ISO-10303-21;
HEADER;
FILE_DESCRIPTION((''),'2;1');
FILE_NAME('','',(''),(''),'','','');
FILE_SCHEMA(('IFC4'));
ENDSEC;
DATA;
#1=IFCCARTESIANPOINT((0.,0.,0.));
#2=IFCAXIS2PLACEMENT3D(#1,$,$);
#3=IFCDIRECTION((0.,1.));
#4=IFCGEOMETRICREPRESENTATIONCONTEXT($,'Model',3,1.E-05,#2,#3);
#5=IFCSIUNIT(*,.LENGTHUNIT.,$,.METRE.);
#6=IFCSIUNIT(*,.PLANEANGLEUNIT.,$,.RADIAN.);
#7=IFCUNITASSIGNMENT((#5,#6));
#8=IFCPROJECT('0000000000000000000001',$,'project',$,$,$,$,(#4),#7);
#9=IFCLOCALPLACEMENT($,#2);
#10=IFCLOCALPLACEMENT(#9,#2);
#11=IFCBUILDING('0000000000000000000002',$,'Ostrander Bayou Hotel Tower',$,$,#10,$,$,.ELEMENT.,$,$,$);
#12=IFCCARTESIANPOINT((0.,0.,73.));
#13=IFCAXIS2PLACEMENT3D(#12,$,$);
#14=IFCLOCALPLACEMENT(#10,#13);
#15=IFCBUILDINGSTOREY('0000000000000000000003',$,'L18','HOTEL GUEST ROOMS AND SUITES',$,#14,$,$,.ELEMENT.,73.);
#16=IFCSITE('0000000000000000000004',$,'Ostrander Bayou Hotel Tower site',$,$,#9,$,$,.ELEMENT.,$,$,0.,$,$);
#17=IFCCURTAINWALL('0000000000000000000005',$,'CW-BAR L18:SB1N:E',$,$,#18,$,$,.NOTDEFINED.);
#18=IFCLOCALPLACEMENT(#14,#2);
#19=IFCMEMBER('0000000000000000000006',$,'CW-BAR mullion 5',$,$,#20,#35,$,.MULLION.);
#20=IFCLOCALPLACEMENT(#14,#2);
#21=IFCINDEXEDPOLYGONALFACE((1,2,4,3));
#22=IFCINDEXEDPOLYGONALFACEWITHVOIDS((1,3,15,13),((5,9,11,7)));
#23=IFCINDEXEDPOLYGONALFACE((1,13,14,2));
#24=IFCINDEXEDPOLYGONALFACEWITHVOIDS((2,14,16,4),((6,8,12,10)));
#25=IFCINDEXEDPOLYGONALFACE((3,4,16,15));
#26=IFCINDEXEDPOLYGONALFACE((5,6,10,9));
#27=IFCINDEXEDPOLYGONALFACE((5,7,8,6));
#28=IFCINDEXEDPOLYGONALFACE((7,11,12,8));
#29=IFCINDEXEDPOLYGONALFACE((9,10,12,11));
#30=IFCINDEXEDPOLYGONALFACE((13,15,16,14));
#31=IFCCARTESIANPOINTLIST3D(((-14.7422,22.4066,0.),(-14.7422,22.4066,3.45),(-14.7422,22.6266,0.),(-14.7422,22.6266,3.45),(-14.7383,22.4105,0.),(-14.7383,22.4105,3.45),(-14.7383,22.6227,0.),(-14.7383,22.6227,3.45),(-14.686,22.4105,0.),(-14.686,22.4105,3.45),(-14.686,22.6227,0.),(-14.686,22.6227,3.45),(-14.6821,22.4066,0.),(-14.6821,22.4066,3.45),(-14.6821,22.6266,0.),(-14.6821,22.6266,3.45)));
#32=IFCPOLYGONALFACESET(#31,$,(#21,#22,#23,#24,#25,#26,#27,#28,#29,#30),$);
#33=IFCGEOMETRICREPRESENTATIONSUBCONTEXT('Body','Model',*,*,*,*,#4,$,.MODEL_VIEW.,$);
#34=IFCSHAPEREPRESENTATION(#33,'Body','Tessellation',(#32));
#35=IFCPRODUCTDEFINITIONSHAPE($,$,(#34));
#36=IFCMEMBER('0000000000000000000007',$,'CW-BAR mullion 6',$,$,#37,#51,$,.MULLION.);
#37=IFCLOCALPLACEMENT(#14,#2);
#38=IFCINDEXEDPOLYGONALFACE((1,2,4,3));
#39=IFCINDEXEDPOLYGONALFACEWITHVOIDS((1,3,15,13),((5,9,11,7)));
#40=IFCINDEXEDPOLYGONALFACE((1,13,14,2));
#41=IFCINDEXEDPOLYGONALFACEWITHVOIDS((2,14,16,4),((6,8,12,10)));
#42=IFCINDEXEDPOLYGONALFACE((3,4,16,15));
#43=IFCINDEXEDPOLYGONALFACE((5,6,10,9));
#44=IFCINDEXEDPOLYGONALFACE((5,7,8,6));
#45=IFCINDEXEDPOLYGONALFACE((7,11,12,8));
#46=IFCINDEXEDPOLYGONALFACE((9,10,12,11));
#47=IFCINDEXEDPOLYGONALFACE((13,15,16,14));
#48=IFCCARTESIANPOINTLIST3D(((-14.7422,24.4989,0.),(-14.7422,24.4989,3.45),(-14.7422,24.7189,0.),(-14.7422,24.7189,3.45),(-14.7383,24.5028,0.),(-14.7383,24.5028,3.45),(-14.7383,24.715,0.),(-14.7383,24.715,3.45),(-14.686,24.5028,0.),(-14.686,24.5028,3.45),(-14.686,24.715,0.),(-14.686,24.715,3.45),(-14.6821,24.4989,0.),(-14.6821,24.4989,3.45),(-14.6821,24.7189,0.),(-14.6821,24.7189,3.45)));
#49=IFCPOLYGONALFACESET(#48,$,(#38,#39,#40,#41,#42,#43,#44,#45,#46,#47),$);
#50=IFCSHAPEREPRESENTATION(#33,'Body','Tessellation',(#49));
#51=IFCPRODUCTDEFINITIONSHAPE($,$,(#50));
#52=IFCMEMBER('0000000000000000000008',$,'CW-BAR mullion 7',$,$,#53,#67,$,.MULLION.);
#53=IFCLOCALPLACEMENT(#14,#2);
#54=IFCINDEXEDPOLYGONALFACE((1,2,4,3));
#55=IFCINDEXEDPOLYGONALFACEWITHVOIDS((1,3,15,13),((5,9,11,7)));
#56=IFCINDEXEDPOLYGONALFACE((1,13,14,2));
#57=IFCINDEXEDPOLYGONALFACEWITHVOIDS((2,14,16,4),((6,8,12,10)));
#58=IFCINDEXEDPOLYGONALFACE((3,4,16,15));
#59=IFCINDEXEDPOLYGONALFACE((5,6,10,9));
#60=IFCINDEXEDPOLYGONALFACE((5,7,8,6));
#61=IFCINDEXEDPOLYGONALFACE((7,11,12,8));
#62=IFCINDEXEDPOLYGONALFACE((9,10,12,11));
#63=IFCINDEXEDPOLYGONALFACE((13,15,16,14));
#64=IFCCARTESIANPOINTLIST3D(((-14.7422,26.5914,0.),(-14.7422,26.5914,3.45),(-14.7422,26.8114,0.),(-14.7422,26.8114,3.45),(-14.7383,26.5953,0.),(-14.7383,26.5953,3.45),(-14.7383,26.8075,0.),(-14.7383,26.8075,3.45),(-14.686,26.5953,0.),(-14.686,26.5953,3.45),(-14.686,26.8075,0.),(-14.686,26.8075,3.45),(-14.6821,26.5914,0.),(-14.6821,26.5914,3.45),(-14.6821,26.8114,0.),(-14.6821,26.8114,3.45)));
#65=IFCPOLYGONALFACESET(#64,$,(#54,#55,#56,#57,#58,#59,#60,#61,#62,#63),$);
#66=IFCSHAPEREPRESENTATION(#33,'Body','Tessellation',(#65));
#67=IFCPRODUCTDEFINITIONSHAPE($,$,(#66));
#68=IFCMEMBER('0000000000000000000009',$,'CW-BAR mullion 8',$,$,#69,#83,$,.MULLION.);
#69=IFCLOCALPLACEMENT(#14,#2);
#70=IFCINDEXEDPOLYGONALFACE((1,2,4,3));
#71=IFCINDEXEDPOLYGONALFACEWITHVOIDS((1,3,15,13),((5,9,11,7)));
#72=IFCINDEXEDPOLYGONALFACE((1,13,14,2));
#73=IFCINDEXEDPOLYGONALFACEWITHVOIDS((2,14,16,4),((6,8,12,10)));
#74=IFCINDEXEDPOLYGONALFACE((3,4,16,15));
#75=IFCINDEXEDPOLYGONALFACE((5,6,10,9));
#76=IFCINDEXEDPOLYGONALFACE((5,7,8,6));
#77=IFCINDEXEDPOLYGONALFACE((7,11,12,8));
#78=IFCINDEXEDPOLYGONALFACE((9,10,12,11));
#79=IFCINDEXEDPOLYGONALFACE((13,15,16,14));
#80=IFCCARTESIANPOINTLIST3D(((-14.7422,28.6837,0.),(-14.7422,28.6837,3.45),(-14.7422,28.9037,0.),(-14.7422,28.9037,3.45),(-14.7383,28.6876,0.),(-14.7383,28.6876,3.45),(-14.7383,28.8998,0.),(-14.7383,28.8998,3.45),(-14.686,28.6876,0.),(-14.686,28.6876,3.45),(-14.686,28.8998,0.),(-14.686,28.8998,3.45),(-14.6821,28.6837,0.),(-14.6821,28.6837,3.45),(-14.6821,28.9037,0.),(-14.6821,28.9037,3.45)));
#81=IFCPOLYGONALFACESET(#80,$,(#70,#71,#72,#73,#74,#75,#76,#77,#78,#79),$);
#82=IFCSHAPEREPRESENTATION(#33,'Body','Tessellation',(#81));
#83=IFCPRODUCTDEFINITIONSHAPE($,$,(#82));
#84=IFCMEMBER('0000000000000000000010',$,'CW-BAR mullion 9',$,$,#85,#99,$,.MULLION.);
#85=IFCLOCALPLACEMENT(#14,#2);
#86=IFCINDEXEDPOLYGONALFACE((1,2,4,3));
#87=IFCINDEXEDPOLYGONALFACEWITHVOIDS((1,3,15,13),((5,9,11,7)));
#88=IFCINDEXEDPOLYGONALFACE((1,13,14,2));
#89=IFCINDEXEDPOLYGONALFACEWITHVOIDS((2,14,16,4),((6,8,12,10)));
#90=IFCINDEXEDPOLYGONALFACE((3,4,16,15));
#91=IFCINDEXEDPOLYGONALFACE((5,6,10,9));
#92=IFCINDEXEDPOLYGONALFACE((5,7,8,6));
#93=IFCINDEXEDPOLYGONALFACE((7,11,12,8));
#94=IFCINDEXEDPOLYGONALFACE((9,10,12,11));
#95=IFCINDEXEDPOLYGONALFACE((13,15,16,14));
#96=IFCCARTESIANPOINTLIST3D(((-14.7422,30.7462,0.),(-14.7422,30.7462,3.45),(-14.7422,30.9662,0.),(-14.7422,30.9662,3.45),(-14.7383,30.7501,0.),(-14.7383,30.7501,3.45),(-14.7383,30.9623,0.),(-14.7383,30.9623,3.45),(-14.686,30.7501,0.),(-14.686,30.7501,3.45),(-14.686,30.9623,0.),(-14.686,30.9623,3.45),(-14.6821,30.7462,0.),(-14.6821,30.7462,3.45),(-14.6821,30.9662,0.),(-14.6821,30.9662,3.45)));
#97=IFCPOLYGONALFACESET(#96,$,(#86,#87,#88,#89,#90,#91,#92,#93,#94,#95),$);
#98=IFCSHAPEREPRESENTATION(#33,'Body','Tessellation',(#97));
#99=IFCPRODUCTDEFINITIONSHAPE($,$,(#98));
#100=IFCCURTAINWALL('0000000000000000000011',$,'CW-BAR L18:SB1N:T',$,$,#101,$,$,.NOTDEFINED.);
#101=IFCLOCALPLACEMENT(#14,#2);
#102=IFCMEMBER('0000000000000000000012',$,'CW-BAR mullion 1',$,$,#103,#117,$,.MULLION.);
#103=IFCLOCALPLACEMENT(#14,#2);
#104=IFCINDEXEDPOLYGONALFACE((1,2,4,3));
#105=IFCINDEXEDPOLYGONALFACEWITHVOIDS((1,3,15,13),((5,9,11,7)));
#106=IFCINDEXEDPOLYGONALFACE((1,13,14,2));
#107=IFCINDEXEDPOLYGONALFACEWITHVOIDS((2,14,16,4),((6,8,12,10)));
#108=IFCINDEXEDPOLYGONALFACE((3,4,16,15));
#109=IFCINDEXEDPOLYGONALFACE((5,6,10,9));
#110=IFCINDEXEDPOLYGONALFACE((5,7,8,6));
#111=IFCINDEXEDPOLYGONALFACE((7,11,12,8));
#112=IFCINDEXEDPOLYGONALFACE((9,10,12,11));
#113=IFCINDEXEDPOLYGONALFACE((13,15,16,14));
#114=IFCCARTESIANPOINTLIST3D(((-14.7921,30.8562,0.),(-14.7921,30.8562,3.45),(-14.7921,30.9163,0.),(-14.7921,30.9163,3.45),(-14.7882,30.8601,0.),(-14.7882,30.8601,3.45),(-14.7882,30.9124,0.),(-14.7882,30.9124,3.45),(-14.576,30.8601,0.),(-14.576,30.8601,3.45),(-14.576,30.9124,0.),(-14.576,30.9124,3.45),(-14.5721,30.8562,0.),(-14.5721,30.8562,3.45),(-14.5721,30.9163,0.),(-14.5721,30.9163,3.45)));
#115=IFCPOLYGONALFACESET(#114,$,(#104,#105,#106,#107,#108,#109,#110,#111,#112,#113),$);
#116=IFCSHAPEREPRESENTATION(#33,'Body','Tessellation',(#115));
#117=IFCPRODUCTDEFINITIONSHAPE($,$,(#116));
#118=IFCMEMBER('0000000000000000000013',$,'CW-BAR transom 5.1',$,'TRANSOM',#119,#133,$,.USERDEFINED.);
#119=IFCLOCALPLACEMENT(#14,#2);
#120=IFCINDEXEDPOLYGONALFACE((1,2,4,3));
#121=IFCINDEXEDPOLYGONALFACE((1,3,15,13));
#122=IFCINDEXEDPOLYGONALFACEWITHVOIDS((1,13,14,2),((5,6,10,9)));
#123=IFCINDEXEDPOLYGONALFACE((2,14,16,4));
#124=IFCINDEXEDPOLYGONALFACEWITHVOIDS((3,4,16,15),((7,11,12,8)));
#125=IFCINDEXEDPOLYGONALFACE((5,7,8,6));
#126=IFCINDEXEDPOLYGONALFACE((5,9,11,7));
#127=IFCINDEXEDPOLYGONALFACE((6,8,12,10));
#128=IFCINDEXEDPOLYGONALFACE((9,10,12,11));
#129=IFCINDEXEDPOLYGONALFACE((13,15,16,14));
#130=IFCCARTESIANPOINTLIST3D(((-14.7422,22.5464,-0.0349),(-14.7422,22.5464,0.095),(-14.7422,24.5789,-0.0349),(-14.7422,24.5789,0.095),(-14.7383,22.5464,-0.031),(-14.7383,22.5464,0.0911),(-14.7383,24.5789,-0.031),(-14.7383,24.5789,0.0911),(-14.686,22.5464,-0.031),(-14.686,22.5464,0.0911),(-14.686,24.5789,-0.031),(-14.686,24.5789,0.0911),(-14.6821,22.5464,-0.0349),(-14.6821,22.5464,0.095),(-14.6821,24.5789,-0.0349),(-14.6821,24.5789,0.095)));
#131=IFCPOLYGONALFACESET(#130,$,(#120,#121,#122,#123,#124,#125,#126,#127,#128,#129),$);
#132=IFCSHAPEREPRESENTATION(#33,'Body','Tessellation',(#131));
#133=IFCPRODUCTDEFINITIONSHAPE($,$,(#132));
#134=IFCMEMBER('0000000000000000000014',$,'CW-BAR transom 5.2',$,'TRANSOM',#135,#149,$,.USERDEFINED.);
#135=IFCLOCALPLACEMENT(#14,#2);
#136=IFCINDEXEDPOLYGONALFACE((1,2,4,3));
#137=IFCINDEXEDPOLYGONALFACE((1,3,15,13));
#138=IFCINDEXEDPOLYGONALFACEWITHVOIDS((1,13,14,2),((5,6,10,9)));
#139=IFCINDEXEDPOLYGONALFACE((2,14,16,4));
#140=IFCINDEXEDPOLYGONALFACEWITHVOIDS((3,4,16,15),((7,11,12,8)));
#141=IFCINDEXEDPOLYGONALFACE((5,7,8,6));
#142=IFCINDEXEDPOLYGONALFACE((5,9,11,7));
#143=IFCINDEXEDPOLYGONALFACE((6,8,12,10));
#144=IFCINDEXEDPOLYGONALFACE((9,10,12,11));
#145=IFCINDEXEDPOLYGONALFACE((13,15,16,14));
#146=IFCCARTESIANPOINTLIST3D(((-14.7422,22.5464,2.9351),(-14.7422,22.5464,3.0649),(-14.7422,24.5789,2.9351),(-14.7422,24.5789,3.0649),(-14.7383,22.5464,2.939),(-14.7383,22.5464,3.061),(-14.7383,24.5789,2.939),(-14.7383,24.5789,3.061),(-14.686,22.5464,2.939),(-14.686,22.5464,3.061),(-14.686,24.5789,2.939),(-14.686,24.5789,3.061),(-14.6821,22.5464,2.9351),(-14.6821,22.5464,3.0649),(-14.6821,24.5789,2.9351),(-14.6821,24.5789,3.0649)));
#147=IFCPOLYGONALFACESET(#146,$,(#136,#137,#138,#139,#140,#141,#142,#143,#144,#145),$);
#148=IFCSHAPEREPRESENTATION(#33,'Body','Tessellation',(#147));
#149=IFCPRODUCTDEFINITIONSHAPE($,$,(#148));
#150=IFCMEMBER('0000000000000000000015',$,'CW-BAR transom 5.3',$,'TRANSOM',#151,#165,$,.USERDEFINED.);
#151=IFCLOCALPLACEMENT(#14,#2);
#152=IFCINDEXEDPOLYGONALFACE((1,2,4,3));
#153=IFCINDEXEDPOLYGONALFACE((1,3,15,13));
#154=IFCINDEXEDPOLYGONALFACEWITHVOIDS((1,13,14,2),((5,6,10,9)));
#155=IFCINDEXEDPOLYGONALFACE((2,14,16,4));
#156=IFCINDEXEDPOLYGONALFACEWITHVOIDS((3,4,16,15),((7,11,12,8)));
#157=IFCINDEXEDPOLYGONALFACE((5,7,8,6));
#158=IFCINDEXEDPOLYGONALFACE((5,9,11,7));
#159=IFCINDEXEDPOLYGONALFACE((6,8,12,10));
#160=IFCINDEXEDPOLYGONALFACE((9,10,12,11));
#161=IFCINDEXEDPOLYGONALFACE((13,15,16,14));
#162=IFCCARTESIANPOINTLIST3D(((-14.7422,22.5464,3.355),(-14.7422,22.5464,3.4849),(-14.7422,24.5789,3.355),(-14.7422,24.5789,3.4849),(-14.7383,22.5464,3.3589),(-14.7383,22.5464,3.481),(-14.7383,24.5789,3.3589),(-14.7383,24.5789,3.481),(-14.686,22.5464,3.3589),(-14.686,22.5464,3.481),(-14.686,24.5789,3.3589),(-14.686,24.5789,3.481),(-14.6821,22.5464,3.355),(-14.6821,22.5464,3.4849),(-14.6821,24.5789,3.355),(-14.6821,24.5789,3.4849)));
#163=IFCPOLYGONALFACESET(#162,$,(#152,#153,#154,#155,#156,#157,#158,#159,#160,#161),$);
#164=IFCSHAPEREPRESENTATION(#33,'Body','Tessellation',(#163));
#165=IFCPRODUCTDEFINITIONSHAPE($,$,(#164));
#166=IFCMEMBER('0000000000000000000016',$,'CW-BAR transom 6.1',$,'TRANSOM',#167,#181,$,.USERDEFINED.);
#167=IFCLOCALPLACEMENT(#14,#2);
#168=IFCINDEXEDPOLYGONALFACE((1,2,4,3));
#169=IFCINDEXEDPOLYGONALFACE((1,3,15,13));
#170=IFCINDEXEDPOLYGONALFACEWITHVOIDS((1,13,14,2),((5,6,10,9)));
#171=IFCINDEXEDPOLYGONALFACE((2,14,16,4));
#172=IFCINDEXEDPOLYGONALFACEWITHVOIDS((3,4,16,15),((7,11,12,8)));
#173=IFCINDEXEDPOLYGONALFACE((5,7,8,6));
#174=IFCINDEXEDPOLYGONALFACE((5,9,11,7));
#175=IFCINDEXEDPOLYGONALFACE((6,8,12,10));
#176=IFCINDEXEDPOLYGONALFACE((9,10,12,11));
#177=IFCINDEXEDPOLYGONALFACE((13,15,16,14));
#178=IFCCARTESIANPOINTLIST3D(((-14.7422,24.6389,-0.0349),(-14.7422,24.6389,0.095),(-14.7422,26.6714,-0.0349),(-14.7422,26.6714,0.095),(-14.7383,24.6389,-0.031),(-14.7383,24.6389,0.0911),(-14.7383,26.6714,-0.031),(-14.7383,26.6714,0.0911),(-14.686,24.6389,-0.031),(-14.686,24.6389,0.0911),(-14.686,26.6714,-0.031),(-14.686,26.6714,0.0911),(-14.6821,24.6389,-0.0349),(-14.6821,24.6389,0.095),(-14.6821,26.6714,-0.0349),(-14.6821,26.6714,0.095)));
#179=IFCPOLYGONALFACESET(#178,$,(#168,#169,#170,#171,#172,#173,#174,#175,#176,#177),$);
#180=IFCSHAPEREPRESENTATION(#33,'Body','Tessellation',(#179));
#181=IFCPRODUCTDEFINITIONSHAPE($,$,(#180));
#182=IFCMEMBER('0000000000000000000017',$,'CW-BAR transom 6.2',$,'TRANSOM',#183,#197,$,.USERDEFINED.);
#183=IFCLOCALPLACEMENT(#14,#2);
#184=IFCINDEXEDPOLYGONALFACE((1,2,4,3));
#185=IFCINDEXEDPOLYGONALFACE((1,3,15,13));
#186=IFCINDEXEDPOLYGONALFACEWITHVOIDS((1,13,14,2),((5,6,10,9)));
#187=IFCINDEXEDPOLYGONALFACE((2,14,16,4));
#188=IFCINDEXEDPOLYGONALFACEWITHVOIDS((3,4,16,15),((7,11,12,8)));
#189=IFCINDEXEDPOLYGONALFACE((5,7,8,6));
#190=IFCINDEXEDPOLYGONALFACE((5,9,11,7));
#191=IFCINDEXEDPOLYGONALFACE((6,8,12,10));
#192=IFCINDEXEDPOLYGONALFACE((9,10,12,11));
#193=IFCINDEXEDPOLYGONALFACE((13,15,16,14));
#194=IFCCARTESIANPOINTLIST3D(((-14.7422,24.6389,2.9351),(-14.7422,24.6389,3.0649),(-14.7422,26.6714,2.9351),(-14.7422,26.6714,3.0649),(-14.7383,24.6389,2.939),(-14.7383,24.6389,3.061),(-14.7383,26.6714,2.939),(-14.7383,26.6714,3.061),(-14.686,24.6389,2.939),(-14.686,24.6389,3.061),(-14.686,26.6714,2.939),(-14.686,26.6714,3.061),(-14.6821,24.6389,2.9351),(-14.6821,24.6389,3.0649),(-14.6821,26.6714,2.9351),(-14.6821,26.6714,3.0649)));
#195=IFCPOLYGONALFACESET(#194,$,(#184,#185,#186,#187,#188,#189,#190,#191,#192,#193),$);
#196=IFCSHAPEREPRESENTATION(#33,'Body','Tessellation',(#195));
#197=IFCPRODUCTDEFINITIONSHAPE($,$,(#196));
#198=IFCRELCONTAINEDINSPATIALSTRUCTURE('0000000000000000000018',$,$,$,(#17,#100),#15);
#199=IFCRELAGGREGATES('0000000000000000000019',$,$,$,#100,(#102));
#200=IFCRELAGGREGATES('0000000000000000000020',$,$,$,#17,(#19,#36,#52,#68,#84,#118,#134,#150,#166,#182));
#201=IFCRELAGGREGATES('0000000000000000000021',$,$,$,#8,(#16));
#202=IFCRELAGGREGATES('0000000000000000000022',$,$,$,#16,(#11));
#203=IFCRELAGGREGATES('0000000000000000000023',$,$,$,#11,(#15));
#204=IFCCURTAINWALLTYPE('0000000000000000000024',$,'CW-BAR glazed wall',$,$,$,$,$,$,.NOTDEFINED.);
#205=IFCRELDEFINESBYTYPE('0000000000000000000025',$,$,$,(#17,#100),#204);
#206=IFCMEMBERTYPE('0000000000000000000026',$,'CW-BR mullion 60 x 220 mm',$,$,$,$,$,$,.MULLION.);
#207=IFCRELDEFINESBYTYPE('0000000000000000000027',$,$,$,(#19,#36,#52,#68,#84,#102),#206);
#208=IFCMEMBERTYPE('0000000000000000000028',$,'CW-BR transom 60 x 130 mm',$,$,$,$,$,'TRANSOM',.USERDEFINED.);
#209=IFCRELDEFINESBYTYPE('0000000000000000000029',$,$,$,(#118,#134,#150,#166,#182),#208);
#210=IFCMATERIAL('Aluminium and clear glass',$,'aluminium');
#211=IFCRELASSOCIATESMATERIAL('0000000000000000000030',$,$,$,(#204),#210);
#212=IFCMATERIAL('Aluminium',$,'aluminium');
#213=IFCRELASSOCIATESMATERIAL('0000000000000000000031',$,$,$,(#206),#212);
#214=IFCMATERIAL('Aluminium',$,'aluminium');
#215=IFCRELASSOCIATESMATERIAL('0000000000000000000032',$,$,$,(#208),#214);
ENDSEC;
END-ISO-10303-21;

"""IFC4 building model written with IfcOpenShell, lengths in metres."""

from ifc_helpers import new_model, si_unit, direction, frame, origin, origin_2d, place, context, subcontext, project, spatial, hollow_rectangle, extrude, material, material_profile, profile_set, type_object, element, aggregate, save


model = new_model("IFC4")

# Units and contexts
model_context = context("Model", 3, precision=1e-05, world=origin(), true_north=direction((0.0, 1.0)))
body_context = subcontext(model_context, "Body", "Model", "MODEL_VIEW")
ifc_project = project(units=[si_unit("LENGTHUNIT", "METRE"), si_unit("PLANEANGLEUNIT", "RADIAN")], contexts=[model_context])

# Site, building, storey
site_placement = place(None, origin())
site = spatial("IfcSite", under=ifc_project, at=site_placement, Name="Ostrander Bayou Hotel Tower site", CompositionType="ELEMENT", RefElevation=0.0)
building_placement = place(site_placement, origin())
building = spatial("IfcBuilding", under=site, at=building_placement, Name="Ostrander Bayou Hotel Tower", CompositionType="ELEMENT")
storey_placement = place(building_placement, frame((0.0, 0.0, 73.0)))
storey = spatial("IfcBuildingStorey", under=building, at=storey_placement, Name="L18", Description="HOTEL GUEST ROOMS AND SUITES", CompositionType="ELEMENT", Elevation=73.0)

# Curtain wall, members
ifc_material_1 = material(Name="Aluminium and clear glass", Category="aluminium")
curtain_wall_type = type_object("IfcCurtainWallType", Name="CW-BAR glazed wall", PredefinedType="NOTDEFINED", material=ifc_material_1)
curtain_wall_1_placement = place(storey_placement, origin())
curtain_wall_1 = element("IfcCurtainWall", 1, at=curtain_wall_1_placement, inside=storey, type_object=curtain_wall_type, Name="CW-BAR L18:SB1N:E", PredefinedType="NOTDEFINED")
ifc_material_2 = material(Name="Aluminium", Category="aluminium")
ifc_material_profile_1 = material_profile(ifc_material_2, hollow_rectangle(XDim=0.0601, YDim=0.22, WallThickness=0.0039, at=origin_2d()))
ifc_profile_set_1 = profile_set([ifc_material_profile_1], Name="Aluminium")
member_type_1 = type_object("IfcMemberType", Name="CW-BR mullion 60 x 220 mm", PredefinedType="MULLION", material=ifc_profile_set_1)
member_1_placement = place(storey_placement, frame((-14.7122, 22.5166, 0.0), z_axis=(0.0, 0.0, 1.0), x_axis=(-1.0, 0.0, 0.0)))
member_1 = element("IfcMember", 2, at=member_1_placement, type_object=member_type_1, Name="CW-BAR mullion 5", PredefinedType="MULLION", context=body_context, shape_type="SweptSolid", body=[
    extrude(hollow_rectangle(XDim=0.0601, YDim=0.22, WallThickness=0.0039, at=origin_2d()), origin(), (0.0, 0.0, 1.0), 3.45),
])
member_2_placement = place(storey_placement, frame((-14.7122, 24.6089, 0.0), z_axis=(0.0, 0.0, 1.0), x_axis=(-1.0, 0.0, 0.0)))
member_2 = element("IfcMember", 3, at=member_2_placement, type_object=member_type_1, Name="CW-BAR mullion 6", PredefinedType="MULLION", context=body_context, shape_type="SweptSolid", body=[
    extrude(hollow_rectangle(XDim=0.0601, YDim=0.22, WallThickness=0.0039, at=origin_2d()), origin(), (0.0, 0.0, 1.0), 3.45),
])
member_3_placement = place(storey_placement, frame((-14.7122, 26.7014, 0.0), z_axis=(0.0, 0.0, 1.0), x_axis=(-1.0, 0.0, 0.0)))
member_3 = element("IfcMember", 4, at=member_3_placement, type_object=member_type_1, Name="CW-BAR mullion 7", PredefinedType="MULLION", context=body_context, shape_type="SweptSolid", body=[
    extrude(hollow_rectangle(XDim=0.0601, YDim=0.22, WallThickness=0.0039, at=origin_2d()), origin(), (0.0, 0.0, 1.0), 3.45),
])
member_4_placement = place(storey_placement, frame((-14.7122, 28.7937, 0.0), z_axis=(0.0, 0.0, 1.0), x_axis=(-1.0, 0.0, 0.0)))
member_4 = element("IfcMember", 5, at=member_4_placement, type_object=member_type_1, Name="CW-BAR mullion 8", PredefinedType="MULLION", context=body_context, shape_type="SweptSolid", body=[
    extrude(hollow_rectangle(XDim=0.0601, YDim=0.22, WallThickness=0.0039, at=origin_2d()), origin(), (0.0, 0.0, 1.0), 3.45),
])
member_5_placement = place(storey_placement, frame((-14.7122, 30.8562, 0.0), z_axis=(0.0, 0.0, 1.0), x_axis=(-1.0, 0.0, 0.0)))
member_5 = element("IfcMember", 6, at=member_5_placement, type_object=member_type_1, Name="CW-BAR mullion 9", PredefinedType="MULLION", context=body_context, shape_type="SweptSolid", body=[
    extrude(hollow_rectangle(XDim=0.0601, YDim=0.22, WallThickness=0.0039, at=origin_2d()), origin(), (0.0, 0.0, 1.0), 3.45),
])

# Curtain wall, member
curtain_wall_2_placement = place(storey_placement, origin())
curtain_wall_2 = element("IfcCurtainWall", 7, at=curtain_wall_2_placement, inside=storey, type_object=curtain_wall_type, Name="CW-BAR L18:SB1N:T", PredefinedType="NOTDEFINED")
member_6_placement = place(storey_placement, frame((-14.6821, 30.8862, 0.0), z_axis=(0.0, 0.0, 1.0), x_axis=(0.0, 1.0, 0.0)))
member_6 = element("IfcMember", 8, at=member_6_placement, type_object=member_type_1, Name="CW-BAR mullion 1", PredefinedType="MULLION", context=body_context, shape_type="SweptSolid", body=[
    extrude(hollow_rectangle(XDim=0.0601, YDim=0.22, WallThickness=0.0039, at=origin_2d()), origin(), (0.0, 0.0, 1.0), 3.45),
])

# Members
ifc_material_3 = material(Name="Aluminium", Category="aluminium")
ifc_material_profile_2 = material_profile(ifc_material_3, hollow_rectangle(XDim=0.0601, YDim=0.1299, WallThickness=0.0039, at=origin_2d()))
ifc_profile_set_2 = profile_set([ifc_material_profile_2], Name="Aluminium")
member_type_2 = type_object("IfcMemberType", Name="CW-BR transom 60 x 130 mm", ElementType="TRANSOM", PredefinedType="USERDEFINED", material=ifc_profile_set_2)
member_7_placement = place(storey_placement, frame((-14.7122, 22.5464, 0.03), z_axis=(0.0, 1.0, 0.0), x_axis=(-1.0, 0.0, 0.0)))
member_7 = element("IfcMember", 9, at=member_7_placement, type_object=member_type_2, Name="CW-BAR transom 5.1", ObjectType="TRANSOM", PredefinedType="USERDEFINED", context=body_context, shape_type="SweptSolid", body=[
    extrude(hollow_rectangle(XDim=0.0601, YDim=0.1299, WallThickness=0.0039, at=origin_2d()), origin(), (0.0, 0.0, 1.0), 2.0325),
])
member_8_placement = place(storey_placement, frame((-14.7122, 22.5464, 3.0), z_axis=(0.0, 1.0, 0.0), x_axis=(-1.0, 0.0, 0.0)))
member_8 = element("IfcMember", 10, at=member_8_placement, type_object=member_type_2, Name="CW-BAR transom 5.2", ObjectType="TRANSOM", PredefinedType="USERDEFINED", context=body_context, shape_type="SweptSolid", body=[
    extrude(hollow_rectangle(XDim=0.0601, YDim=0.1299, WallThickness=0.0039, at=origin_2d()), origin(), (0.0, 0.0, 1.0), 2.0325),
])
member_9_placement = place(storey_placement, frame((-14.7122, 22.5464, 3.4199), z_axis=(0.0, 1.0, 0.0), x_axis=(-1.0, 0.0, 0.0)))
member_9 = element("IfcMember", 11, at=member_9_placement, type_object=member_type_2, Name="CW-BAR transom 5.3", ObjectType="TRANSOM", PredefinedType="USERDEFINED", context=body_context, shape_type="SweptSolid", body=[
    extrude(hollow_rectangle(XDim=0.0601, YDim=0.1299, WallThickness=0.0039, at=origin_2d()), origin(), (0.0, 0.0, 1.0), 2.0325),
])
member_10_placement = place(storey_placement, frame((-14.7122, 24.6389, 0.03), z_axis=(0.0, 1.0, 0.0), x_axis=(-1.0, 0.0, 0.0)))
member_10 = element("IfcMember", 12, at=member_10_placement, type_object=member_type_2, Name="CW-BAR transom 6.1", ObjectType="TRANSOM", PredefinedType="USERDEFINED", context=body_context, shape_type="SweptSolid", body=[
    extrude(hollow_rectangle(XDim=0.0601, YDim=0.1299, WallThickness=0.0039, at=origin_2d()), origin(), (0.0, 0.0, 1.0), 2.0325),
])
member_11_placement = place(storey_placement, frame((-14.7122, 24.6389, 3.0), z_axis=(0.0, 1.0, 0.0), x_axis=(-1.0, 0.0, 0.0)))
member_11 = element("IfcMember", 13, at=member_11_placement, type_object=member_type_2, Name="CW-BAR transom 6.2", ObjectType="TRANSOM", PredefinedType="USERDEFINED", context=body_context, shape_type="SweptSolid", body=[
    extrude(hollow_rectangle(XDim=0.0601, YDim=0.1299, WallThickness=0.0039, at=origin_2d()), origin(), (0.0, 0.0, 1.0), 2.0325),
])
aggregate(curtain_wall_2, [member_6])

aggregate(curtain_wall_1, [member_1, member_2, member_3, member_4, member_5, member_7, member_8, member_9, member_10, member_11])

save(model, "model.ifc")
